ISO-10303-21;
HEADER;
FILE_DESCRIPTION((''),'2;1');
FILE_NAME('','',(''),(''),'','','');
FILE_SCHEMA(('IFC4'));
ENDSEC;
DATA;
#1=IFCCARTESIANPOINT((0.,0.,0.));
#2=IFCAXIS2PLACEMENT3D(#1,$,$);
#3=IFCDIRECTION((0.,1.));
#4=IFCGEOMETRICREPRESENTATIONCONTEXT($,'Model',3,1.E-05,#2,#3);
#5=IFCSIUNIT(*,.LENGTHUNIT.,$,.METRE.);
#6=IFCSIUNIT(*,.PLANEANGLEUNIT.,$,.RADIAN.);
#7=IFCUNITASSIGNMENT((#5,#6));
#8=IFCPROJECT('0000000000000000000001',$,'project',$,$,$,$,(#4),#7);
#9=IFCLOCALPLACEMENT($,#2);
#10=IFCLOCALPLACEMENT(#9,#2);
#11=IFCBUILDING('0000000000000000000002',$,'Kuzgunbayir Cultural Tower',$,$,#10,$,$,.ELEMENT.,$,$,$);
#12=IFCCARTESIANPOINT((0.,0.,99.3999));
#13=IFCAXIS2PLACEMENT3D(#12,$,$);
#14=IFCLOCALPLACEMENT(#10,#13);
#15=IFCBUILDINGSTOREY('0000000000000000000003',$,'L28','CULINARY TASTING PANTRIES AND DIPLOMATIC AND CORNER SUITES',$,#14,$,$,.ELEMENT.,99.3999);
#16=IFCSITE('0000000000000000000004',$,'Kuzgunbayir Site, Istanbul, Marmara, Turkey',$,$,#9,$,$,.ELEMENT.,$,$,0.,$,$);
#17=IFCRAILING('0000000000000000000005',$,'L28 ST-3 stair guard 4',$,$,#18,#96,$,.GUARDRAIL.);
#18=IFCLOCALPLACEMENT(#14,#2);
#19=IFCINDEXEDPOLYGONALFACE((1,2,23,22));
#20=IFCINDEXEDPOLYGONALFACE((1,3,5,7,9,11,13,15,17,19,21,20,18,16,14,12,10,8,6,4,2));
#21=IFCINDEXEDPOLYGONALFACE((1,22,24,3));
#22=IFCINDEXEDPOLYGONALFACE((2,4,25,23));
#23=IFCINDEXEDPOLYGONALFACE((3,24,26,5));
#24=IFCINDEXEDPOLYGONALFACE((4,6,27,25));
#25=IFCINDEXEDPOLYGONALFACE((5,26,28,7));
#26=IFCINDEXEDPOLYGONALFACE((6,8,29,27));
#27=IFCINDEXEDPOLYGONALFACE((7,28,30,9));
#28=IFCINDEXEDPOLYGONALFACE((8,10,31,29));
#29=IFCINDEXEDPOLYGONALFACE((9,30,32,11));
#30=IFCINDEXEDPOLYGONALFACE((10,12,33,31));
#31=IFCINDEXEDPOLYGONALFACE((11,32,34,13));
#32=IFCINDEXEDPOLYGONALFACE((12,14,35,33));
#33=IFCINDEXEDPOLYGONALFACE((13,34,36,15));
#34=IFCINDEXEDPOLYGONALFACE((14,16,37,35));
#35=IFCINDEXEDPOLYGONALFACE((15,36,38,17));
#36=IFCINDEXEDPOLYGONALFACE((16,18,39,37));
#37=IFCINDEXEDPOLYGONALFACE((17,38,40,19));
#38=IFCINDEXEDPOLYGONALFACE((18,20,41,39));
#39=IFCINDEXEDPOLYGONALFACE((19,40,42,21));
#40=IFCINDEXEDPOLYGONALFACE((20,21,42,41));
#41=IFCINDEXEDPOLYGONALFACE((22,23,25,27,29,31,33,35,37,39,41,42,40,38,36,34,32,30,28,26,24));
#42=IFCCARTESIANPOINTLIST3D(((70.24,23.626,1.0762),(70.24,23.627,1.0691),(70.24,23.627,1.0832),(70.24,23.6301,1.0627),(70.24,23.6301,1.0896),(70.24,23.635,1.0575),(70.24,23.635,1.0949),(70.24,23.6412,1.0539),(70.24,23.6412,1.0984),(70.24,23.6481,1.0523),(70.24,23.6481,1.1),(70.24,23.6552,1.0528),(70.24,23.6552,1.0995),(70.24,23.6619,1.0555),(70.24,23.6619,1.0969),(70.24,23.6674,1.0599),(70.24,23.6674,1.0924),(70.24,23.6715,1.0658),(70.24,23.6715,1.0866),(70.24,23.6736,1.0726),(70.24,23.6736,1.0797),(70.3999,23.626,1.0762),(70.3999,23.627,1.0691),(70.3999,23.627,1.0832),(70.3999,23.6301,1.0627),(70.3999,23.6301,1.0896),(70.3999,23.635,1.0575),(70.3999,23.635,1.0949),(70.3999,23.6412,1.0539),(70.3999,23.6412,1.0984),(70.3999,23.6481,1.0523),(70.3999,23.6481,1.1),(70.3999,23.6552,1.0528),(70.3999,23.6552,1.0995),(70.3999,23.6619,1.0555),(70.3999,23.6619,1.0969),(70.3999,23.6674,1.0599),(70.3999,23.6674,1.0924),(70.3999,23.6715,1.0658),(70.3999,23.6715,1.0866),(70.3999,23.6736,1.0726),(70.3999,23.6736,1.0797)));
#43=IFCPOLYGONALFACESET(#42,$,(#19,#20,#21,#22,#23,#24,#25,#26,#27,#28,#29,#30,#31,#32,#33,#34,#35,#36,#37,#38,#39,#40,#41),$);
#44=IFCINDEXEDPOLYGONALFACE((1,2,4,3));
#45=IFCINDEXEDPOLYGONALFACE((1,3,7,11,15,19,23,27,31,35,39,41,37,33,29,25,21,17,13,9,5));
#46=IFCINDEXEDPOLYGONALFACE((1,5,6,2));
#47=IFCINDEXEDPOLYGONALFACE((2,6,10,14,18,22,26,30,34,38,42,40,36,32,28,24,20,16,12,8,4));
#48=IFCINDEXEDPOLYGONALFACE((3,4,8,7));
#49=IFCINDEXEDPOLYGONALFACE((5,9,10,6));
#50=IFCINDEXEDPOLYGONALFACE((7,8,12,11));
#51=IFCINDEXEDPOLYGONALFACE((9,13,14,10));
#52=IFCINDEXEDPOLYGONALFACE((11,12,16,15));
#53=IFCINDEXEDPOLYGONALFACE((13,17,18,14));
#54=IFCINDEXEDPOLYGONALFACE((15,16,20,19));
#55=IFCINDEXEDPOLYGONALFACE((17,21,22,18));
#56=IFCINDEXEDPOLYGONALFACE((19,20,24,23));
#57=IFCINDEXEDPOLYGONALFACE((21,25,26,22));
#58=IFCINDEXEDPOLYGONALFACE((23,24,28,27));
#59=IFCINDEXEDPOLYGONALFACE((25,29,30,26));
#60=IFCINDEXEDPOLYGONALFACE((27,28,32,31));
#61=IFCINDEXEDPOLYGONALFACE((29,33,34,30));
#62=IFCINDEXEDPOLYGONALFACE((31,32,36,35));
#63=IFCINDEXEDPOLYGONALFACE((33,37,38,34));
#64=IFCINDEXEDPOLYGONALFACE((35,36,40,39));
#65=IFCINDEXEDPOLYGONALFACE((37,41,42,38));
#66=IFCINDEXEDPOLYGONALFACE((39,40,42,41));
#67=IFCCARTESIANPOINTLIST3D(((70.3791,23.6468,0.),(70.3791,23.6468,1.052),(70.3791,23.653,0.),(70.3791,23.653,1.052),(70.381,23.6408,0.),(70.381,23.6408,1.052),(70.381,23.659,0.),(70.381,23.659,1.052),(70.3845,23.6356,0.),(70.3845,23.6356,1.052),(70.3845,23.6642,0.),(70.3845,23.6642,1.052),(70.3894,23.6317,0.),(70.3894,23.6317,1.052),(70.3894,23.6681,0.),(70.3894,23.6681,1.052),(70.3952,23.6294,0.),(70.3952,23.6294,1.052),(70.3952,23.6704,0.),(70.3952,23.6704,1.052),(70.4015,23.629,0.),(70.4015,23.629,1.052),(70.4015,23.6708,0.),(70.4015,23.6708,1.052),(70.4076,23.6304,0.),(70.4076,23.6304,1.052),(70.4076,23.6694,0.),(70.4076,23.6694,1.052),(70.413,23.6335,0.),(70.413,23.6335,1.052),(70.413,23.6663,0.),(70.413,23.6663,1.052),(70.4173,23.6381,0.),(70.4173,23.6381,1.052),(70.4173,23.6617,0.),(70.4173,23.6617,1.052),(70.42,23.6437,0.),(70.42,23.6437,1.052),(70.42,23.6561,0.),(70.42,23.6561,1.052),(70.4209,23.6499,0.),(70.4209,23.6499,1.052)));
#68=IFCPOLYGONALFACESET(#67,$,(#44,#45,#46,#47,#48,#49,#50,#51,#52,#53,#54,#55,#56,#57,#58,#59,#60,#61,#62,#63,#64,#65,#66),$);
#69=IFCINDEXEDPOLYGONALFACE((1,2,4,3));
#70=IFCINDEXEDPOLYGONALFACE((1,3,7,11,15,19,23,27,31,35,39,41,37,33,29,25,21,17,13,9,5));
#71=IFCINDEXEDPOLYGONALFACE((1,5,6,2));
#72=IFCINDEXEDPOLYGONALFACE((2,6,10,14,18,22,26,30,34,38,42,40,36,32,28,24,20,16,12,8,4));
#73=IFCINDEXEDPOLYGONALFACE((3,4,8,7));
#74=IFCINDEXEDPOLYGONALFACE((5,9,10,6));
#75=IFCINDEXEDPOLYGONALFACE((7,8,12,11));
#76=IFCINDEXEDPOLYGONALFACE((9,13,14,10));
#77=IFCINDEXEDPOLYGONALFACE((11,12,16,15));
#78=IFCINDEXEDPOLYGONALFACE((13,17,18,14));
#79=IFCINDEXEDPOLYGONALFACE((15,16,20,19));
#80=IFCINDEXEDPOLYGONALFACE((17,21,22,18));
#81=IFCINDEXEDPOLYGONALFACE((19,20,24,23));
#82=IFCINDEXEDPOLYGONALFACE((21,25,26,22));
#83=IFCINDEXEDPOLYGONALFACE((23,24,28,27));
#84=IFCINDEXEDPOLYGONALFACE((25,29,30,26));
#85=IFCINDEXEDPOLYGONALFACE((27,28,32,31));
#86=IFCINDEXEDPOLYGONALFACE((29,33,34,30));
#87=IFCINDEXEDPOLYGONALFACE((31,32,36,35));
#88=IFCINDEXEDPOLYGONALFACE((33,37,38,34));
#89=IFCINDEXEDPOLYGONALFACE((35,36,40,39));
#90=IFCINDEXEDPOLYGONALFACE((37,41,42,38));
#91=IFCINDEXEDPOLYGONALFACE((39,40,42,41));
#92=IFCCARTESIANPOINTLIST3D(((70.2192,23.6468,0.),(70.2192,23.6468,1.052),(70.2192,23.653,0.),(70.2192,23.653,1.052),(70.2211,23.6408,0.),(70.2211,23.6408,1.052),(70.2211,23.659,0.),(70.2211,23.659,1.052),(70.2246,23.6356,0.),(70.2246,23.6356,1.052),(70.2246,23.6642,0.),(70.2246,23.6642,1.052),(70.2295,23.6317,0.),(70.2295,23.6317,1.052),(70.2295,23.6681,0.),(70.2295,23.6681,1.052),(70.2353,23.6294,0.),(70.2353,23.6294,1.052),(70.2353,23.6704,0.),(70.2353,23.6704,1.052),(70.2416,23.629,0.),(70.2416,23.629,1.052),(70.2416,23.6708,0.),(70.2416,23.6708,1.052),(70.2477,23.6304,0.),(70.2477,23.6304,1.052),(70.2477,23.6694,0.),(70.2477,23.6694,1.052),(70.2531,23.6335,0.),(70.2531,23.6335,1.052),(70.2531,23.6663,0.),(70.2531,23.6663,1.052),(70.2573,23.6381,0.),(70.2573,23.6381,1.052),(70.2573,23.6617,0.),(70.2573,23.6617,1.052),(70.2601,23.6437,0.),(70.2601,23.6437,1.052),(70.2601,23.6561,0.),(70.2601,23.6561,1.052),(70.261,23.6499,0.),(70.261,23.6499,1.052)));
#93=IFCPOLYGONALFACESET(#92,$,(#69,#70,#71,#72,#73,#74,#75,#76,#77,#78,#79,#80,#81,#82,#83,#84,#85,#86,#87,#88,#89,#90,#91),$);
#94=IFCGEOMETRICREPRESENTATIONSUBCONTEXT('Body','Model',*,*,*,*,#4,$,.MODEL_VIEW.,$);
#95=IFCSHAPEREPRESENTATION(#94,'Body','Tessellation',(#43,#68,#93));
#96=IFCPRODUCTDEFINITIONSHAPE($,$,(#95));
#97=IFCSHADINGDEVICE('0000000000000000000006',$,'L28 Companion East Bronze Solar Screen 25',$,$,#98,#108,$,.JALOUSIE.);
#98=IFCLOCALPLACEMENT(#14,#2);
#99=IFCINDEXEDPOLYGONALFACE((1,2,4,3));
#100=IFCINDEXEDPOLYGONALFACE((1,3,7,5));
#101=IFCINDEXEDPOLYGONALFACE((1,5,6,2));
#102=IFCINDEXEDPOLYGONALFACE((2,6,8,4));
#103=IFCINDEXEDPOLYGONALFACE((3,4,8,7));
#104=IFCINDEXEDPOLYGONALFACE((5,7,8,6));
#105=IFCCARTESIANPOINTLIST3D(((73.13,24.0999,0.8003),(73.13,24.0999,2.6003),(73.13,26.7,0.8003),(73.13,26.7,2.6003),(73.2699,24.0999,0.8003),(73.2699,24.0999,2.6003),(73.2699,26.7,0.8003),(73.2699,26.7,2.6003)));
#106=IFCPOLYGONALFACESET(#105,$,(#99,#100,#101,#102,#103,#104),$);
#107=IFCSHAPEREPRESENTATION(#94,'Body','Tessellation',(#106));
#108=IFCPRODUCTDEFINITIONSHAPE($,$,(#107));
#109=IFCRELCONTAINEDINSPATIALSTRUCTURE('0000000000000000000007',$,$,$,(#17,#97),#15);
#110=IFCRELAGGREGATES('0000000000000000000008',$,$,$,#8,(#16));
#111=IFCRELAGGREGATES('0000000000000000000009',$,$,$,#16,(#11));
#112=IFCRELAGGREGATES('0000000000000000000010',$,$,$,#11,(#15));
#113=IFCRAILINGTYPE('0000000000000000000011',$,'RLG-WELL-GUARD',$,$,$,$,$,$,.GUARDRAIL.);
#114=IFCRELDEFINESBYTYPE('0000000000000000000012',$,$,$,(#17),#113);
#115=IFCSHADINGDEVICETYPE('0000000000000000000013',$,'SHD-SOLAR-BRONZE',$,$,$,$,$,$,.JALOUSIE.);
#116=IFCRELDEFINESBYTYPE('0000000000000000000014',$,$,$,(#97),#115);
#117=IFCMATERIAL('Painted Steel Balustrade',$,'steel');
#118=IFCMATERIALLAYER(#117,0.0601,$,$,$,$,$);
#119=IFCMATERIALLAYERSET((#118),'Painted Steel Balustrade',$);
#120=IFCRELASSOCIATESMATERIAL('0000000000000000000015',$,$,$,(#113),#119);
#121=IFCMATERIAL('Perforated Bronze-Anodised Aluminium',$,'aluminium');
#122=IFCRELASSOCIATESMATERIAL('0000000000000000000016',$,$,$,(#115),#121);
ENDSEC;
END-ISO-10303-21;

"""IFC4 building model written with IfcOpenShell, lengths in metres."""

from ifc_helpers import new_model, si_unit, direction, frame, origin, origin_2d, place, context, subcontext, project, spatial, rectangle, circle, extrude, material, layer, layer_set, type_object, element, save


model = new_model("IFC4")

# Units and contexts
model_context = context("Model", 3, precision=1e-05, world=origin(), true_north=direction((0.0, 1.0)))
body_context = subcontext(model_context, "Body", "Model", "MODEL_VIEW")
ifc_project = project(units=[si_unit("LENGTHUNIT", "METRE"), si_unit("PLANEANGLEUNIT", "RADIAN")], contexts=[model_context])

# Site, building, storey
site_placement = place(None, origin())
site = spatial("IfcSite", under=ifc_project, at=site_placement, Name="Kuzgunbayir Site, Istanbul, Marmara, Turkey", CompositionType="ELEMENT", RefElevation=0.0)
building_placement = place(site_placement, origin())
building = spatial("IfcBuilding", under=site, at=building_placement, Name="Kuzgunbayir Cultural Tower", CompositionType="ELEMENT")
storey_placement = place(building_placement, frame((0.0, 0.0, 99.3999)))
storey = spatial("IfcBuildingStorey", under=building, at=storey_placement, Name="L28", Description="CULINARY TASTING PANTRIES AND DIPLOMATIC AND CORNER SUITES", CompositionType="ELEMENT", Elevation=99.3999)

# Shared definitions
ifc_material_1 = material(Name="Perforated Bronze-Anodised Aluminium", Category="aluminium")

# Railing
ifc_material_2 = material(Name="Painted Steel Balustrade", Category="steel")
ifc_layer_1 = layer(ifc_material_2, 0.0601)
ifc_layer_set_1 = layer_set([ifc_layer_1], Name="Painted Steel Balustrade")
railing_type_1 = type_object("IfcRailingType", Name="RLG-WELL-GUARD", PredefinedType="GUARDRAIL", material=ifc_layer_set_1)
railing_1_placement = place(storey_placement, frame((70.3999, 23.6499, 0.0)))
element("IfcRailing", 1, at=railing_1_placement, inside=storey, type_object=railing_type_1, Name="L28 ST-3 stair guard 4", PredefinedType="GUARDRAIL", context=body_context, shape_type="SweptSolid", body=[
    extrude(circle(Radius=0.0239, at=origin_2d()), frame((0.0, 0.0, 1.0762), z_axis=(-1.0, 0.0, 0.0), x_axis=(0.0, -1.0, 0.0)), (0.0, 0.0, 1.0), 0.1599),
    extrude(circle(Radius=0.021, at=origin_2d()), origin(), (0.0, 0.0, 1.0), 1.052),
    extrude(circle(Radius=0.021, at=origin_2d()), frame((-0.1599, 0.0, 0.0)), (0.0, 0.0, 1.0), 1.052),
])

# Shading device
shading_device_type = type_object("IfcShadingDeviceType", Name="SHD-SOLAR-BRONZE", PredefinedType="JALOUSIE", material=ifc_material_1)
shading_device_placement = place(storey_placement, frame((73.2, 25.3999, 0.8003), z_axis=(0.0, 0.0, 1.0), x_axis=(1.0, 0.0, 0.0)))
element("IfcShadingDevice", 2, at=shading_device_placement, inside=storey, type_object=shading_device_type, Name="L28 Companion East Bronze Solar Screen 25", PredefinedType="JALOUSIE", context=body_context, shape_type="SweptSolid", body=[
    extrude(rectangle(XDim=0.1399, YDim=2.6001, at=origin_2d()), origin(), (0.0, 0.0, 1.0), 1.8),
])

save(model, "model.ifc")
